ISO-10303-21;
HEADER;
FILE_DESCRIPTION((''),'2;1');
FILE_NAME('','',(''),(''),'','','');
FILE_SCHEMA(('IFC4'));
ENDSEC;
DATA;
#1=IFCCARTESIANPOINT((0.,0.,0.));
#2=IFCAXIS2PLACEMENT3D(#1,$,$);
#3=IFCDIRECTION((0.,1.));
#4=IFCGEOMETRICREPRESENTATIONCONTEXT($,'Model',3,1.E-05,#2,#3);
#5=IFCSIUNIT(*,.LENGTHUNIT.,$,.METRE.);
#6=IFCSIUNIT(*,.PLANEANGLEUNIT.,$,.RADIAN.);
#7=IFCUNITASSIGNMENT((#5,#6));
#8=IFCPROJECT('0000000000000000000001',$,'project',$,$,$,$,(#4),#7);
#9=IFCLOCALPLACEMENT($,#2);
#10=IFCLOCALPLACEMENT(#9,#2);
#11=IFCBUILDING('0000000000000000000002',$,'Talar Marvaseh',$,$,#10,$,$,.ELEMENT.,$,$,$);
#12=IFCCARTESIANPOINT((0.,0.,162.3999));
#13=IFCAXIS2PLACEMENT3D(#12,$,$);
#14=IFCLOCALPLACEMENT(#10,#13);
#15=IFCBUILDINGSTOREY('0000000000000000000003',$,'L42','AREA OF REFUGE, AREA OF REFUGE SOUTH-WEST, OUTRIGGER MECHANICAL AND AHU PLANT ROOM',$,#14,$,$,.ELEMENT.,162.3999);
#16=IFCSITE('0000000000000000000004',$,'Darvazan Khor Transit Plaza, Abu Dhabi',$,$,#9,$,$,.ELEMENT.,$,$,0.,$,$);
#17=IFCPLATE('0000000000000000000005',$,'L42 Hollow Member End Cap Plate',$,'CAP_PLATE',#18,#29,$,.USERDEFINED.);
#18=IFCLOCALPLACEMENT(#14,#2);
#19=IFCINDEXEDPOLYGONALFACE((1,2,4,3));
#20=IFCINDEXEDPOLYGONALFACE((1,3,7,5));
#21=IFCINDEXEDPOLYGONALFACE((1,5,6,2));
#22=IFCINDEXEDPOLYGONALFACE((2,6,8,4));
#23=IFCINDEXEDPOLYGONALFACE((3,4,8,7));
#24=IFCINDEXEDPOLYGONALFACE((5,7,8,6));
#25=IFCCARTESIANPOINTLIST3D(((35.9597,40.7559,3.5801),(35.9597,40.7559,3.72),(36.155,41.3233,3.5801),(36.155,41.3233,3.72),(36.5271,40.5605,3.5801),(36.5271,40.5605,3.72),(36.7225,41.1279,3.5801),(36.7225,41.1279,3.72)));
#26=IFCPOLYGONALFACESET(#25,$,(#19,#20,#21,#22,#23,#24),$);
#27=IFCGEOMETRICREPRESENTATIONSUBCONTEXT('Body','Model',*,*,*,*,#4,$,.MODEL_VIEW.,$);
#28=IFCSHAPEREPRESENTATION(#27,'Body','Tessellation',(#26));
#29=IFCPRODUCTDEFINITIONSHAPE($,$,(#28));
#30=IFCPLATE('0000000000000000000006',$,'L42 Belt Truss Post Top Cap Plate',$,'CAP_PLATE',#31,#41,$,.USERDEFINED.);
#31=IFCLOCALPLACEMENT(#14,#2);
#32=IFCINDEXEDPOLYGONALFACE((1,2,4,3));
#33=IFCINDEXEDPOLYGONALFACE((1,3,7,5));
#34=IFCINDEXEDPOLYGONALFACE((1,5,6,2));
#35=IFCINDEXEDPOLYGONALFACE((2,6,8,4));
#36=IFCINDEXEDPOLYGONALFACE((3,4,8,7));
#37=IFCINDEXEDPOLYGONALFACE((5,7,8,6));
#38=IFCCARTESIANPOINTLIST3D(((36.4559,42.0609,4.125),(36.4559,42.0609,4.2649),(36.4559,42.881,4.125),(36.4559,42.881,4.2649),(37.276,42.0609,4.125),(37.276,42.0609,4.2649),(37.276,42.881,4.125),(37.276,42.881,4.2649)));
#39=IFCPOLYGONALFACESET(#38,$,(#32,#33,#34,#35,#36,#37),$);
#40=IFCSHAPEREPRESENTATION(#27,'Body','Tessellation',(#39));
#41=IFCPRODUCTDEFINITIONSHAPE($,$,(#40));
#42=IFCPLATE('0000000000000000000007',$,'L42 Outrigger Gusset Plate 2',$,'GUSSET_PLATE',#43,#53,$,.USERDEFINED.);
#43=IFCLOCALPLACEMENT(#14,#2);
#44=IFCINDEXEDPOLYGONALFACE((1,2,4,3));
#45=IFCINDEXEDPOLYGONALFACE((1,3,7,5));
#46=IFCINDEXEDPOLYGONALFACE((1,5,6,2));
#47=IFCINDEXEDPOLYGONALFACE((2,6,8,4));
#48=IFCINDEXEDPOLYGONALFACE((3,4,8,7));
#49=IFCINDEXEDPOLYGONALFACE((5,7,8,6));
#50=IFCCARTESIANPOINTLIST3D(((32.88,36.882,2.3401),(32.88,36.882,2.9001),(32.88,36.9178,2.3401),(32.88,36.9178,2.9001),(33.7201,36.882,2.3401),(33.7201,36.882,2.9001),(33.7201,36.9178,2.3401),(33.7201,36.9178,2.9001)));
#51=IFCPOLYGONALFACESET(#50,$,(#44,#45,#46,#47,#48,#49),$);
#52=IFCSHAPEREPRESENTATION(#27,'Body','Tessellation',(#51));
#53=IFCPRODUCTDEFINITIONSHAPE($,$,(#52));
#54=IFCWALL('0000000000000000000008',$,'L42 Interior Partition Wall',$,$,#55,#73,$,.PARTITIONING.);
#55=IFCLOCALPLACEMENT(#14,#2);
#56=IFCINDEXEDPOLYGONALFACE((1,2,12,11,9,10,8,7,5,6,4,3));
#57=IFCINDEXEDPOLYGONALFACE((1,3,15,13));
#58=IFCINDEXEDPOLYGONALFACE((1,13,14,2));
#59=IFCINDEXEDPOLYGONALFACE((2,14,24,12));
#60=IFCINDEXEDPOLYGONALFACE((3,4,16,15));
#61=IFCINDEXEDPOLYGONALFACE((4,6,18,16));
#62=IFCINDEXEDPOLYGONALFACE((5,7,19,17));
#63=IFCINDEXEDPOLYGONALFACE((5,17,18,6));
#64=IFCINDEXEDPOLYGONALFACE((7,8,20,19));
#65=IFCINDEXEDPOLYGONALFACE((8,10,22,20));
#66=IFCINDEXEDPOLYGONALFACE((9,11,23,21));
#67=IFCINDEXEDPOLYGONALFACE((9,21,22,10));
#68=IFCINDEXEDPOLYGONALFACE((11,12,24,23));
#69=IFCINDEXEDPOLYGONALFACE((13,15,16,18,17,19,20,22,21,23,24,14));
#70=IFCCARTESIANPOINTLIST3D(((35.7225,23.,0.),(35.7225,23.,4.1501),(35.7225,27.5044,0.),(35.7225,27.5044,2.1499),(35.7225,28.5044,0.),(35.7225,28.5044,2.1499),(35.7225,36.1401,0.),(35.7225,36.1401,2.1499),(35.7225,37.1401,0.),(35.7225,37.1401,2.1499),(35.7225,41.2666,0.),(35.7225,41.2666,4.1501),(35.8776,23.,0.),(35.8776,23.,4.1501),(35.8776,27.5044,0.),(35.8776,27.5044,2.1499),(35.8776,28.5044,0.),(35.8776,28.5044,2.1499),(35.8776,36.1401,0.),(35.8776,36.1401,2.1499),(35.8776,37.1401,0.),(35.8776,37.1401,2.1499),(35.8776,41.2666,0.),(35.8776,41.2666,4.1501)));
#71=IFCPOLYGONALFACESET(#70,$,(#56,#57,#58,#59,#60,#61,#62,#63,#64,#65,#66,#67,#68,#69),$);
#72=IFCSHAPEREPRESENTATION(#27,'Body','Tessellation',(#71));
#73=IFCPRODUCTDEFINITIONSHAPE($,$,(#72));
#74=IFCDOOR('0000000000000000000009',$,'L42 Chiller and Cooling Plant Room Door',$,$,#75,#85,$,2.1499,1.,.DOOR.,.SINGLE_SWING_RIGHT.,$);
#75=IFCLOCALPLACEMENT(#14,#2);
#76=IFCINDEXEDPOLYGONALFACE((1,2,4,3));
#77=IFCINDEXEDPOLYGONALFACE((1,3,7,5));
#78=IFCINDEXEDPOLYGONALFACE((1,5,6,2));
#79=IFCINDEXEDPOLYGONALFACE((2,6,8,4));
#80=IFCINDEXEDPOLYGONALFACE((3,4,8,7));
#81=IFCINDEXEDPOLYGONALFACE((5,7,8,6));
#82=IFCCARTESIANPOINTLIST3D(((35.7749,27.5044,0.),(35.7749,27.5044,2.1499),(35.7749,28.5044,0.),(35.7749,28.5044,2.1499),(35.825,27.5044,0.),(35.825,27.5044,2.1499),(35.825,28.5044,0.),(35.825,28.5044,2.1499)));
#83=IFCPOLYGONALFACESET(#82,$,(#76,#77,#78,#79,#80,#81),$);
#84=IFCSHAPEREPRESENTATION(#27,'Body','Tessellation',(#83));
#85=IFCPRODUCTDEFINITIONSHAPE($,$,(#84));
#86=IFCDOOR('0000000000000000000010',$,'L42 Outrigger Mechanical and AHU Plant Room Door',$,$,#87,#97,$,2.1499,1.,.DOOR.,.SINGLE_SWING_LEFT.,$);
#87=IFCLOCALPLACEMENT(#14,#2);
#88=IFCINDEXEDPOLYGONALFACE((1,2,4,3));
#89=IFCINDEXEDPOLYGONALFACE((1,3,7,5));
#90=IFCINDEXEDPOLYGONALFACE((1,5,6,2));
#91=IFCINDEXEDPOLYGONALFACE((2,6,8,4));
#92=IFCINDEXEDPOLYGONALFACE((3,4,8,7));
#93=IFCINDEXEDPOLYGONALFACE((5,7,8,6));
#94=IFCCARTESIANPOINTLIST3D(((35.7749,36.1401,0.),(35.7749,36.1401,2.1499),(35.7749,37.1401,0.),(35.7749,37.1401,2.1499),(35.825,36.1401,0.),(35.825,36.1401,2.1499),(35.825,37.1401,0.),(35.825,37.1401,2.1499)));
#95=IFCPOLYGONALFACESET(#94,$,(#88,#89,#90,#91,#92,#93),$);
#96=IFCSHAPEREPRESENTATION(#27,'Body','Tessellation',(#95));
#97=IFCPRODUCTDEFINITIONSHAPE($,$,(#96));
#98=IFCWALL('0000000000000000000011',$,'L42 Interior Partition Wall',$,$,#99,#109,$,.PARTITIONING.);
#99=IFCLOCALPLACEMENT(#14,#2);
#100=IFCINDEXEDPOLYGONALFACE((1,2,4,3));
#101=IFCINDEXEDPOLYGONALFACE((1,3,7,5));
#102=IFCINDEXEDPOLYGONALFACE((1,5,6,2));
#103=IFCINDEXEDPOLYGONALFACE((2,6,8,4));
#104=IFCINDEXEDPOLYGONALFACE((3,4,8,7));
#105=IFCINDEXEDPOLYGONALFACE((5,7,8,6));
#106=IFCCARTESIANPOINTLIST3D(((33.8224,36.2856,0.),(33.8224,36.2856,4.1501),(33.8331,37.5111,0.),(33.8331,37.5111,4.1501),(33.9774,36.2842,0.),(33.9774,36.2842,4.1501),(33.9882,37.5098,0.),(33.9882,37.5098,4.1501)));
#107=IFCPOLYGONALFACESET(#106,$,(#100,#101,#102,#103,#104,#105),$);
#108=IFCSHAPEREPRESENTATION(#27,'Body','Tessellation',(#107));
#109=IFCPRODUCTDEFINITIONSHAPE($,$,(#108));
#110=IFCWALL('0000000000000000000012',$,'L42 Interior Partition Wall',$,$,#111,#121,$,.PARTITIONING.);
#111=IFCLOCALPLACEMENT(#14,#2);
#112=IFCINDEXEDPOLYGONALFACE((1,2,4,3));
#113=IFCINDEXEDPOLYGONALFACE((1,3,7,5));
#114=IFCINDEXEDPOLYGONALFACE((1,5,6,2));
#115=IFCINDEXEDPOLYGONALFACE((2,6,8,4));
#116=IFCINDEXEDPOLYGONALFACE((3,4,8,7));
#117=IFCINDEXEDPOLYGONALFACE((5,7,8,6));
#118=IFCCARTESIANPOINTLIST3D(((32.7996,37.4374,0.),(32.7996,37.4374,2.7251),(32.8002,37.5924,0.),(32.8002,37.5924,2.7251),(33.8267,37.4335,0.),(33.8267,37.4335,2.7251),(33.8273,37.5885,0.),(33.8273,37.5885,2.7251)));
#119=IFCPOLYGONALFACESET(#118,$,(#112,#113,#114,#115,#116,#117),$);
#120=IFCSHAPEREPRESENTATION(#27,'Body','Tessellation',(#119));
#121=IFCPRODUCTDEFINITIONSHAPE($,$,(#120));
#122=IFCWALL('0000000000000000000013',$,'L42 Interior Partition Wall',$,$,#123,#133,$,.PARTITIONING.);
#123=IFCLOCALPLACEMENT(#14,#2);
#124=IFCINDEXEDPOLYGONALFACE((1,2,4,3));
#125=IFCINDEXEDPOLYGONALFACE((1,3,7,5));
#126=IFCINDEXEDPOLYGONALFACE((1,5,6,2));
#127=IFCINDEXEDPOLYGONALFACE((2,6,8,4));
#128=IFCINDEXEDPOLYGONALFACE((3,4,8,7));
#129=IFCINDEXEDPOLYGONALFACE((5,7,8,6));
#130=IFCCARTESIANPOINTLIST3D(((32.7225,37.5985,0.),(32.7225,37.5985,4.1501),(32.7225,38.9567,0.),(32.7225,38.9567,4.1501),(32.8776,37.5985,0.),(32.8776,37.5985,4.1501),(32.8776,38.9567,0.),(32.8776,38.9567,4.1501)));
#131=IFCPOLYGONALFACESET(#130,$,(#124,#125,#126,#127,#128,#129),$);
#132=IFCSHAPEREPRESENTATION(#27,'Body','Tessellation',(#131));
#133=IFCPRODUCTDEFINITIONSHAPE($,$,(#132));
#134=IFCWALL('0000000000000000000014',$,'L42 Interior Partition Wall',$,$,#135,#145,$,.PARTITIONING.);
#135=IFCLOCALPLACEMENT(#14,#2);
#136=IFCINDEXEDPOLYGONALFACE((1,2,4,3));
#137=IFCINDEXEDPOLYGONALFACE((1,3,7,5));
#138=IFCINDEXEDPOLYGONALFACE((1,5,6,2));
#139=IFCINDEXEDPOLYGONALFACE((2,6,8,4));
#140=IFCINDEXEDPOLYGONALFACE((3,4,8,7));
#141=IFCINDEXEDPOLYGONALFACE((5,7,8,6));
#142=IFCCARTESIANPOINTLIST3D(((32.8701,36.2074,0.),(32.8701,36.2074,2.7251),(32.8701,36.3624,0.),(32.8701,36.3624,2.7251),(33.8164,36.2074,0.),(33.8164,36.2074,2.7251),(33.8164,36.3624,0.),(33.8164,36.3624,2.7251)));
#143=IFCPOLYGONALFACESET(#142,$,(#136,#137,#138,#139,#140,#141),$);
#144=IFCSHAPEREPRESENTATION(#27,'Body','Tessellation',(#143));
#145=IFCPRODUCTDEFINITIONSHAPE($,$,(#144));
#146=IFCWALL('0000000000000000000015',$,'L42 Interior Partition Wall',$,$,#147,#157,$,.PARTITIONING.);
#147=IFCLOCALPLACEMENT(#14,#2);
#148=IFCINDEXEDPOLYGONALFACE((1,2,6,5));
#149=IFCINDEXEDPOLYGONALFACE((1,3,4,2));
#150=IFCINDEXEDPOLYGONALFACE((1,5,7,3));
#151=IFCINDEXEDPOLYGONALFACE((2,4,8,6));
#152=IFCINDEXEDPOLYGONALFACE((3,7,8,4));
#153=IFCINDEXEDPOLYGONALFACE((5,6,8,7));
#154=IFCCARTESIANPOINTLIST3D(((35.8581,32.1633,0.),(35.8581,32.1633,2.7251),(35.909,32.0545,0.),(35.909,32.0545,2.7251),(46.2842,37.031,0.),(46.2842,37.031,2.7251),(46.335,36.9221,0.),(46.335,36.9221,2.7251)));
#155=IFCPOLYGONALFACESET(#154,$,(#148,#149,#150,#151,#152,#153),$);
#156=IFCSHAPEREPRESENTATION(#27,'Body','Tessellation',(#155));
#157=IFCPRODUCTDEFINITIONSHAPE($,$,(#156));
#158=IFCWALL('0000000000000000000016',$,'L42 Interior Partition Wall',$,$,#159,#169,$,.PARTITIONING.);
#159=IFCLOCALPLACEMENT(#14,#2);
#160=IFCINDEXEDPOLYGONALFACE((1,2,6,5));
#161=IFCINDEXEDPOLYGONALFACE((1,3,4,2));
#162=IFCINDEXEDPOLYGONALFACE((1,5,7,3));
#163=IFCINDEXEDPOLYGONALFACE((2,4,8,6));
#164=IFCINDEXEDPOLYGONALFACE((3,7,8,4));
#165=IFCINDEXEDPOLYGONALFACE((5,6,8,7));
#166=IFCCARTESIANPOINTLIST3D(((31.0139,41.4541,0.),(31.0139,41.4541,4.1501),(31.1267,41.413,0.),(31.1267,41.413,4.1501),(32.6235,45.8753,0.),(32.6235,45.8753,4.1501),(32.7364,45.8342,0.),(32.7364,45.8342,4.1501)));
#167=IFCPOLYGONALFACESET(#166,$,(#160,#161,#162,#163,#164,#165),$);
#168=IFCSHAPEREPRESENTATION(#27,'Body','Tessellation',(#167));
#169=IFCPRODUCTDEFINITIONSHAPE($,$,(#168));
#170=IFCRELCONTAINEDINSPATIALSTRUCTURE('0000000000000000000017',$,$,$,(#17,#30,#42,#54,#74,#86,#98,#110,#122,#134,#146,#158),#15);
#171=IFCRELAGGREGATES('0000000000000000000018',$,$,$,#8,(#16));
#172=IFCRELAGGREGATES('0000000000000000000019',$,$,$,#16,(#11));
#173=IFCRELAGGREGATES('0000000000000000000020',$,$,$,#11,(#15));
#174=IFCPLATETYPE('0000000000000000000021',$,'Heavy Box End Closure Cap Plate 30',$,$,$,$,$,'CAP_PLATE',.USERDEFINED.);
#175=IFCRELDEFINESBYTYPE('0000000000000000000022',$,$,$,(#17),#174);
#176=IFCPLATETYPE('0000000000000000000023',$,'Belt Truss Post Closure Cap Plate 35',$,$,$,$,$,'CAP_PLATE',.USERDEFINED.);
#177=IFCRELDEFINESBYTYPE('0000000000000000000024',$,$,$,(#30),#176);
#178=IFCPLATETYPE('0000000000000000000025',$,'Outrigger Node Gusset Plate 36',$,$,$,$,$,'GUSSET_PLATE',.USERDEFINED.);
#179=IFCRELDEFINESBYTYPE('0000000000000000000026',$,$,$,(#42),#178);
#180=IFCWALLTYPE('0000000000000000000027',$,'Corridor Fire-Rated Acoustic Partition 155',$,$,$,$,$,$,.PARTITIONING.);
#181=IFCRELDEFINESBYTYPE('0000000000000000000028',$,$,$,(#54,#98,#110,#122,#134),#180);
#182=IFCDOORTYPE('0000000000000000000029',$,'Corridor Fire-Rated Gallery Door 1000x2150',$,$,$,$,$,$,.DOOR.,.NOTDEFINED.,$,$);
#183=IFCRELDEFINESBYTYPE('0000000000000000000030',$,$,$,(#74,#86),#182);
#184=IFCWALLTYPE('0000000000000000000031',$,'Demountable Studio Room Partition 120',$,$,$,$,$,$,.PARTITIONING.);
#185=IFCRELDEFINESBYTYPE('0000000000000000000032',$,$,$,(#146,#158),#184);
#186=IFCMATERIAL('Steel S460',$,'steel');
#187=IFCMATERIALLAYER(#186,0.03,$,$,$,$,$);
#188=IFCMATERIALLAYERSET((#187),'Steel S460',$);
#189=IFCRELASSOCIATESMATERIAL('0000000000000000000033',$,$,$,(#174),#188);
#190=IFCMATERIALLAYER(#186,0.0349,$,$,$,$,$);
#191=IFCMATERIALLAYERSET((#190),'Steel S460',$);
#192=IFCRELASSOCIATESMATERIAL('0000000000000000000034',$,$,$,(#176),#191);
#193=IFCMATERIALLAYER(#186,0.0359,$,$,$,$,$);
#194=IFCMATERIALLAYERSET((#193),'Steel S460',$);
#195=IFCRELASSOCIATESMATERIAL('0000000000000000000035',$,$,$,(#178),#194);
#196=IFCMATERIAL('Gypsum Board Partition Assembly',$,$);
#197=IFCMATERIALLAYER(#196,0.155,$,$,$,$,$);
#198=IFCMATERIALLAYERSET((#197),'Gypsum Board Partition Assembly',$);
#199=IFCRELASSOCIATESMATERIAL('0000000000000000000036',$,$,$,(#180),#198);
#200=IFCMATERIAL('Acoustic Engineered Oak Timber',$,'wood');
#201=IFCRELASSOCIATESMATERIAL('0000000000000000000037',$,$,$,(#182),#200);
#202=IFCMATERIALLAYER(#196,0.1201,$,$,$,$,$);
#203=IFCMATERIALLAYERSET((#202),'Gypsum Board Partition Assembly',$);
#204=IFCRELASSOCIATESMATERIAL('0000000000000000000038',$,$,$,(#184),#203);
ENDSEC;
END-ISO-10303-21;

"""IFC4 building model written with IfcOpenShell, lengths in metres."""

from ifc_helpers import new_model, si_unit, direction, frame, frame_2d, origin, origin_2d, place, context, subcontext, project, spatial, rectangle, extrude, source, transform, mapped, material, layer, layer_set, type_object, type_shapes, element, fill, save


model = new_model("IFC4")

# Units and contexts
model_context = context("Model", 3, precision=1e-05, world=origin(), true_north=direction((0.0, 1.0)))
body_context = subcontext(model_context, "Body", "Model", "MODEL_VIEW")
ifc_project = project(units=[si_unit("LENGTHUNIT", "METRE"), si_unit("PLANEANGLEUNIT", "RADIAN")], contexts=[model_context])

# Site, building, storey
site_placement = place(None, origin())
site = spatial("IfcSite", under=ifc_project, at=site_placement, Name="Darvazan Khor Transit Plaza, Abu Dhabi", CompositionType="ELEMENT", RefElevation=0.0)
building_placement = place(site_placement, origin())
building = spatial("IfcBuilding", under=site, at=building_placement, Name="Talar Marvaseh", CompositionType="ELEMENT")
storey_placement = place(building_placement, frame((0.0, 0.0, 162.3999)))
storey = spatial("IfcBuildingStorey", under=building, at=storey_placement, Name="L42", Description="AREA OF REFUGE, AREA OF REFUGE SOUTH-WEST, OUTRIGGER MECHANICAL AND AHU PLANT ROOM", CompositionType="ELEMENT", Elevation=162.3999)

# Shared definitions
ifc_material_1 = material(Name="Steel S460", Category="steel")

# Plates
ifc_layer_1 = layer(ifc_material_1, 0.03)
ifc_layer_set_1 = layer_set([ifc_layer_1], Name="Steel S460")
plate_type_1 = type_object("IfcPlateType", Name="Heavy Box End Closure Cap Plate 30", ElementType="CAP_PLATE", PredefinedType="USERDEFINED", material=ifc_layer_set_1)
shared_shape_1 = source(origin(), body_context, "Body", "SweptSolid", [
    extrude(rectangle(XDim=0.6001, YDim=0.6001, at=origin_2d()), origin(), (0.0, 0.0, 1.0), 0.1399),
])
type_shapes(plate_type_1, [shared_shape_1])
for number, where, z_axis, x_axis, name in (
    (1, (36.3411, 40.9419, 3.5801), (0.0, 0.0, 1.0), (-0.325568, -0.945519, 0.0), "L42 Hollow Member End Cap Plate"),
):
    element("IfcPlate", number, at=place(storey_placement, frame(where, z_axis=z_axis, x_axis=x_axis)), inside=storey, type_object=plate_type_1, Name=name, ObjectType="CAP_PLATE", PredefinedType="USERDEFINED", context=body_context, shape_type="MappedRepresentation", body=[
        mapped(shared_shape_1, transform((0.0, 0.0, 0.0), x_axis=(1.0, 0.0, 0.0), y_axis=(0.0, 1.0, 0.0), z_axis=(0.0, 0.0, 1.0), scale=1.0)),
    ])
ifc_layer_2 = layer(ifc_material_1, 0.0349)
ifc_layer_set_2 = layer_set([ifc_layer_2], Name="Steel S460")
plate_type_2 = type_object("IfcPlateType", Name="Belt Truss Post Closure Cap Plate 35", ElementType="CAP_PLATE", PredefinedType="USERDEFINED", material=ifc_layer_set_2)
shared_shape_2 = source(origin(), body_context, "Body", "SweptSolid", [
    extrude(rectangle(XDim=0.8201, YDim=0.8201, at=origin_2d()), origin(), (0.0, 0.0, 1.0), 0.1399),
])
type_shapes(plate_type_2, [shared_shape_2])
plate_1_placement = place(storey_placement, frame((36.866, 42.4709, 4.125), z_axis=(0.0, 0.0, 1.0), x_axis=(1.0, 0.0, 0.0)))
element("IfcPlate", 2, at=plate_1_placement, inside=storey, type_object=plate_type_2, Name="L42 Belt Truss Post Top Cap Plate", ObjectType="CAP_PLATE", PredefinedType="USERDEFINED", context=body_context, shape_type="MappedRepresentation", body=[
    mapped(shared_shape_2, transform((0.0, 0.0, 0.0), x_axis=(1.0, 0.0, 0.0), y_axis=(0.0, 1.0, 0.0), z_axis=(0.0, 0.0, 1.0), scale=1.0)),
])
ifc_layer_3 = layer(ifc_material_1, 0.0359)
ifc_layer_set_3 = layer_set([ifc_layer_3], Name="Steel S460")
plate_type_3 = type_object("IfcPlateType", Name="Outrigger Node Gusset Plate 36", ElementType="GUSSET_PLATE", PredefinedType="USERDEFINED", material=ifc_layer_set_3)
shared_shape_3 = source(origin(), body_context, "Body", "SweptSolid", [
    extrude(rectangle(XDim=0.8401, YDim=0.0359, at=origin_2d()), origin(), (0.0, 0.0, 1.0), 0.5601),
])
type_shapes(plate_type_3, [shared_shape_3])
plate_2_placement = place(storey_placement, frame((33.3, 36.8999, 2.3401), z_axis=(0.0, 0.0, 1.0), x_axis=(1.0, 0.0, 0.0)))
element("IfcPlate", 3, at=plate_2_placement, inside=storey, type_object=plate_type_3, Name="L42 Outrigger Gusset Plate 2", ObjectType="GUSSET_PLATE", PredefinedType="USERDEFINED", context=body_context, shape_type="MappedRepresentation", body=[
    mapped(shared_shape_3, transform((0.0, 0.0, 0.0), x_axis=(1.0, 0.0, 0.0), y_axis=(0.0, 1.0, 0.0), z_axis=(0.0, 0.0, 1.0), scale=1.0)),
])

# Wall, openings, doors
ifc_material_2 = material(Name="Gypsum Board Partition Assembly")
ifc_layer_4 = layer(ifc_material_2, 0.155)
ifc_layer_set_4 = layer_set([ifc_layer_4], Name="Gypsum Board Partition Assembly")
wall_type_1 = type_object("IfcWallType", Name="Corridor Fire-Rated Acoustic Partition 155", PredefinedType="PARTITIONING", material=ifc_layer_set_4)
wall_1_placement = place(storey_placement, frame((35.8, 41.2666, 0.0), z_axis=(0.0, 0.0, 1.0), x_axis=(0.0, -1.0, 0.0)))
wall_1 = element("IfcWall", 4, at=wall_1_placement, inside=storey, type_object=wall_type_1, Name="L42 Interior Partition Wall", PredefinedType="PARTITIONING", context=body_context, shape_type="SweptSolid", body=[
    extrude(rectangle(XDim=18.2666, YDim=0.155, at=frame_2d((9.1333, 0.0))), origin(), (0.0, 0.0, 1.0), 4.1501),
])
opening_1_placement = place(wall_1_placement, frame((12.7622, 0.0, 0.0)))
opening_1 = element("IfcOpeningElement", 5, at=opening_1_placement, cuts=wall_1, PredefinedType="OPENING", context=body_context, shape_type="SweptSolid", body=[
    extrude(rectangle(XDim=1.0, YDim=2.1499, at=frame_2d((0.5, 1.075))), frame((0.0, 0.0874, 0.0), z_axis=(0.0, -1.0, 0.0), x_axis=(1.0, 0.0, 0.0)), (0.0, 0.0, 1.0), 0.175),
])
opening_2_placement = place(wall_1_placement, frame((4.1265, 0.0, 0.0)))
opening_2 = element("IfcOpeningElement", 6, at=opening_2_placement, cuts=wall_1, PredefinedType="OPENING", context=body_context, shape_type="SweptSolid", body=[
    extrude(rectangle(XDim=1.0, YDim=2.1499, at=frame_2d((0.5, 1.075))), frame((0.0, 0.0874, 0.0), z_axis=(0.0, -1.0, 0.0), x_axis=(1.0, 0.0, 0.0)), (0.0, 0.0, 1.0), 0.175),
])
ifc_material_3 = material(Name="Acoustic Engineered Oak Timber", Category="wood")
door_type_1 = type_object("IfcDoorType", Name="Corridor Fire-Rated Gallery Door 1000x2150", OperationType="NOTDEFINED", PredefinedType="DOOR", material=ifc_material_3)
shared_shape_4 = source(origin(), body_context, "Body", "SweptSolid", [
    extrude(rectangle(XDim=1.0, YDim=2.1499, at=frame_2d((0.5, 1.075))), frame((0.0, 0.0249, 0.0), z_axis=(0.0, -1.0, 0.0), x_axis=(1.0, 0.0, 0.0)), (0.0, 0.0, 1.0), 0.05),
])
type_shapes(door_type_1, [shared_shape_4])
door_1_placement = place(opening_1_placement, origin())
door_1 = element("IfcDoor", 7, at=door_1_placement, inside=storey, type_object=door_type_1, Name="L42 Chiller and Cooling Plant Room Door", OperationType="SINGLE_SWING_RIGHT", OverallHeight=2.1499, OverallWidth=1.0, PredefinedType="DOOR", context=body_context, shape_type="MappedRepresentation", body=[
    mapped(shared_shape_4, transform((0.0, 0.0, 0.0), x_axis=(1.0, 0.0, 0.0), y_axis=(0.0, 1.0, 0.0), z_axis=(0.0, 0.0, 1.0), scale=1.0)),
])
fill(opening_1, door_1)
door_2_placement = place(opening_2_placement, origin())
door_2 = element("IfcDoor", 8, at=door_2_placement, inside=storey, type_object=door_type_1, Name="L42 Outrigger Mechanical and AHU Plant Room Door", OperationType="SINGLE_SWING_LEFT", OverallHeight=2.1499, OverallWidth=1.0, PredefinedType="DOOR", context=body_context, shape_type="MappedRepresentation", body=[
    mapped(shared_shape_4, transform((0.0, 0.0, 0.0), x_axis=(1.0, 0.0, 0.0), y_axis=(0.0, 1.0, 0.0), z_axis=(0.0, 0.0, 1.0), scale=1.0)),
])
fill(opening_2, door_2)

# Walls
wall_2_placement = place(storey_placement, frame((33.8999, 36.2849, 0.0), z_axis=(0.0, 0.0, 1.0), x_axis=(0.008765, 0.999962, 0.0)))
element("IfcWall", 9, at=wall_2_placement, inside=storey, type_object=wall_type_1, Name="L42 Interior Partition Wall", PredefinedType="PARTITIONING", context=body_context, shape_type="SweptSolid", body=[
    extrude(rectangle(XDim=1.2256, YDim=0.155, at=frame_2d((0.6128, 0.0))), origin(), (0.0, 0.0, 1.0), 4.1501),
])
wall_3_placement = place(storey_placement, frame((33.8271, 37.511, 0.0), z_axis=(0.0, 0.0, 1.0), x_axis=(-0.999993, 0.003803, 0.0)))
element("IfcWall", 10, at=wall_3_placement, inside=storey, type_object=wall_type_1, Name="L42 Interior Partition Wall", PredefinedType="PARTITIONING", context=body_context, shape_type="SweptSolid", body=[
    extrude(rectangle(XDim=1.0271, YDim=0.155, at=frame_2d((0.5137, 0.0))), origin(), (0.0, 0.0, 1.0), 2.7251),
])
wall_4_placement = place(storey_placement, frame((32.8, 37.5984, 0.0), z_axis=(0.0, 0.0, 1.0), x_axis=(0.0, 1.0, 0.0)))
element("IfcWall", 11, at=wall_4_placement, inside=storey, type_object=wall_type_1, Name="L42 Interior Partition Wall", PredefinedType="PARTITIONING", context=body_context, shape_type="SweptSolid", body=[
    extrude(rectangle(XDim=1.3582, YDim=0.155, at=frame_2d((0.6792, 0.0))), origin(), (0.0, 0.0, 1.0), 4.1501),
])
wall_5_placement = place(storey_placement, frame((32.8701, 36.2849, 0.0), z_axis=(0.0, 0.0, 1.0), x_axis=(1.0, 0.0, 0.0)))
element("IfcWall", 12, at=wall_5_placement, inside=storey, type_object=wall_type_1, Name="L42 Interior Partition Wall", PredefinedType="PARTITIONING", context=body_context, shape_type="SweptSolid", body=[
    extrude(rectangle(XDim=0.9463, YDim=0.155, at=frame_2d((0.4731, 0.0))), origin(), (0.0, 0.0, 1.0), 2.7251),
])
ifc_layer_5 = layer(ifc_material_2, 0.1201)
ifc_layer_set_5 = layer_set([ifc_layer_5], Name="Gypsum Board Partition Assembly")
wall_type_2 = type_object("IfcWallType", Name="Demountable Studio Room Partition 120", PredefinedType="PARTITIONING", material=ifc_layer_set_5)
wall_6_placement = place(storey_placement, frame((35.8835, 32.1089, 0.0), z_axis=(0.0, 0.0, 1.0), x_axis=(0.90611, 0.423042, 0.0)))
element("IfcWall", 13, at=wall_6_placement, inside=storey, type_object=wall_type_2, Name="L42 Interior Partition Wall", PredefinedType="PARTITIONING", context=body_context, shape_type="SweptSolid", body=[
    extrude(rectangle(XDim=11.5063, YDim=0.1201, at=frame_2d((5.7532, 0.0))), origin(), (0.0, 0.0, 1.0), 2.7251),
])
wall_7_placement = place(storey_placement, frame((31.0703, 41.4336, 0.0), z_axis=(0.0, 0.0, 1.0), x_axis=(0.342106, 0.939662, 0.0)))
element("IfcWall", 14, at=wall_7_placement, inside=storey, type_object=wall_type_2, Name="L42 Interior Partition Wall", PredefinedType="PARTITIONING", context=body_context, shape_type="SweptSolid", body=[
    extrude(rectangle(XDim=4.7051, YDim=0.1201, at=frame_2d((2.3525, 0.0))), origin(), (0.0, 0.0, 1.0), 4.1501),
])

save(model, "model.ifc")
